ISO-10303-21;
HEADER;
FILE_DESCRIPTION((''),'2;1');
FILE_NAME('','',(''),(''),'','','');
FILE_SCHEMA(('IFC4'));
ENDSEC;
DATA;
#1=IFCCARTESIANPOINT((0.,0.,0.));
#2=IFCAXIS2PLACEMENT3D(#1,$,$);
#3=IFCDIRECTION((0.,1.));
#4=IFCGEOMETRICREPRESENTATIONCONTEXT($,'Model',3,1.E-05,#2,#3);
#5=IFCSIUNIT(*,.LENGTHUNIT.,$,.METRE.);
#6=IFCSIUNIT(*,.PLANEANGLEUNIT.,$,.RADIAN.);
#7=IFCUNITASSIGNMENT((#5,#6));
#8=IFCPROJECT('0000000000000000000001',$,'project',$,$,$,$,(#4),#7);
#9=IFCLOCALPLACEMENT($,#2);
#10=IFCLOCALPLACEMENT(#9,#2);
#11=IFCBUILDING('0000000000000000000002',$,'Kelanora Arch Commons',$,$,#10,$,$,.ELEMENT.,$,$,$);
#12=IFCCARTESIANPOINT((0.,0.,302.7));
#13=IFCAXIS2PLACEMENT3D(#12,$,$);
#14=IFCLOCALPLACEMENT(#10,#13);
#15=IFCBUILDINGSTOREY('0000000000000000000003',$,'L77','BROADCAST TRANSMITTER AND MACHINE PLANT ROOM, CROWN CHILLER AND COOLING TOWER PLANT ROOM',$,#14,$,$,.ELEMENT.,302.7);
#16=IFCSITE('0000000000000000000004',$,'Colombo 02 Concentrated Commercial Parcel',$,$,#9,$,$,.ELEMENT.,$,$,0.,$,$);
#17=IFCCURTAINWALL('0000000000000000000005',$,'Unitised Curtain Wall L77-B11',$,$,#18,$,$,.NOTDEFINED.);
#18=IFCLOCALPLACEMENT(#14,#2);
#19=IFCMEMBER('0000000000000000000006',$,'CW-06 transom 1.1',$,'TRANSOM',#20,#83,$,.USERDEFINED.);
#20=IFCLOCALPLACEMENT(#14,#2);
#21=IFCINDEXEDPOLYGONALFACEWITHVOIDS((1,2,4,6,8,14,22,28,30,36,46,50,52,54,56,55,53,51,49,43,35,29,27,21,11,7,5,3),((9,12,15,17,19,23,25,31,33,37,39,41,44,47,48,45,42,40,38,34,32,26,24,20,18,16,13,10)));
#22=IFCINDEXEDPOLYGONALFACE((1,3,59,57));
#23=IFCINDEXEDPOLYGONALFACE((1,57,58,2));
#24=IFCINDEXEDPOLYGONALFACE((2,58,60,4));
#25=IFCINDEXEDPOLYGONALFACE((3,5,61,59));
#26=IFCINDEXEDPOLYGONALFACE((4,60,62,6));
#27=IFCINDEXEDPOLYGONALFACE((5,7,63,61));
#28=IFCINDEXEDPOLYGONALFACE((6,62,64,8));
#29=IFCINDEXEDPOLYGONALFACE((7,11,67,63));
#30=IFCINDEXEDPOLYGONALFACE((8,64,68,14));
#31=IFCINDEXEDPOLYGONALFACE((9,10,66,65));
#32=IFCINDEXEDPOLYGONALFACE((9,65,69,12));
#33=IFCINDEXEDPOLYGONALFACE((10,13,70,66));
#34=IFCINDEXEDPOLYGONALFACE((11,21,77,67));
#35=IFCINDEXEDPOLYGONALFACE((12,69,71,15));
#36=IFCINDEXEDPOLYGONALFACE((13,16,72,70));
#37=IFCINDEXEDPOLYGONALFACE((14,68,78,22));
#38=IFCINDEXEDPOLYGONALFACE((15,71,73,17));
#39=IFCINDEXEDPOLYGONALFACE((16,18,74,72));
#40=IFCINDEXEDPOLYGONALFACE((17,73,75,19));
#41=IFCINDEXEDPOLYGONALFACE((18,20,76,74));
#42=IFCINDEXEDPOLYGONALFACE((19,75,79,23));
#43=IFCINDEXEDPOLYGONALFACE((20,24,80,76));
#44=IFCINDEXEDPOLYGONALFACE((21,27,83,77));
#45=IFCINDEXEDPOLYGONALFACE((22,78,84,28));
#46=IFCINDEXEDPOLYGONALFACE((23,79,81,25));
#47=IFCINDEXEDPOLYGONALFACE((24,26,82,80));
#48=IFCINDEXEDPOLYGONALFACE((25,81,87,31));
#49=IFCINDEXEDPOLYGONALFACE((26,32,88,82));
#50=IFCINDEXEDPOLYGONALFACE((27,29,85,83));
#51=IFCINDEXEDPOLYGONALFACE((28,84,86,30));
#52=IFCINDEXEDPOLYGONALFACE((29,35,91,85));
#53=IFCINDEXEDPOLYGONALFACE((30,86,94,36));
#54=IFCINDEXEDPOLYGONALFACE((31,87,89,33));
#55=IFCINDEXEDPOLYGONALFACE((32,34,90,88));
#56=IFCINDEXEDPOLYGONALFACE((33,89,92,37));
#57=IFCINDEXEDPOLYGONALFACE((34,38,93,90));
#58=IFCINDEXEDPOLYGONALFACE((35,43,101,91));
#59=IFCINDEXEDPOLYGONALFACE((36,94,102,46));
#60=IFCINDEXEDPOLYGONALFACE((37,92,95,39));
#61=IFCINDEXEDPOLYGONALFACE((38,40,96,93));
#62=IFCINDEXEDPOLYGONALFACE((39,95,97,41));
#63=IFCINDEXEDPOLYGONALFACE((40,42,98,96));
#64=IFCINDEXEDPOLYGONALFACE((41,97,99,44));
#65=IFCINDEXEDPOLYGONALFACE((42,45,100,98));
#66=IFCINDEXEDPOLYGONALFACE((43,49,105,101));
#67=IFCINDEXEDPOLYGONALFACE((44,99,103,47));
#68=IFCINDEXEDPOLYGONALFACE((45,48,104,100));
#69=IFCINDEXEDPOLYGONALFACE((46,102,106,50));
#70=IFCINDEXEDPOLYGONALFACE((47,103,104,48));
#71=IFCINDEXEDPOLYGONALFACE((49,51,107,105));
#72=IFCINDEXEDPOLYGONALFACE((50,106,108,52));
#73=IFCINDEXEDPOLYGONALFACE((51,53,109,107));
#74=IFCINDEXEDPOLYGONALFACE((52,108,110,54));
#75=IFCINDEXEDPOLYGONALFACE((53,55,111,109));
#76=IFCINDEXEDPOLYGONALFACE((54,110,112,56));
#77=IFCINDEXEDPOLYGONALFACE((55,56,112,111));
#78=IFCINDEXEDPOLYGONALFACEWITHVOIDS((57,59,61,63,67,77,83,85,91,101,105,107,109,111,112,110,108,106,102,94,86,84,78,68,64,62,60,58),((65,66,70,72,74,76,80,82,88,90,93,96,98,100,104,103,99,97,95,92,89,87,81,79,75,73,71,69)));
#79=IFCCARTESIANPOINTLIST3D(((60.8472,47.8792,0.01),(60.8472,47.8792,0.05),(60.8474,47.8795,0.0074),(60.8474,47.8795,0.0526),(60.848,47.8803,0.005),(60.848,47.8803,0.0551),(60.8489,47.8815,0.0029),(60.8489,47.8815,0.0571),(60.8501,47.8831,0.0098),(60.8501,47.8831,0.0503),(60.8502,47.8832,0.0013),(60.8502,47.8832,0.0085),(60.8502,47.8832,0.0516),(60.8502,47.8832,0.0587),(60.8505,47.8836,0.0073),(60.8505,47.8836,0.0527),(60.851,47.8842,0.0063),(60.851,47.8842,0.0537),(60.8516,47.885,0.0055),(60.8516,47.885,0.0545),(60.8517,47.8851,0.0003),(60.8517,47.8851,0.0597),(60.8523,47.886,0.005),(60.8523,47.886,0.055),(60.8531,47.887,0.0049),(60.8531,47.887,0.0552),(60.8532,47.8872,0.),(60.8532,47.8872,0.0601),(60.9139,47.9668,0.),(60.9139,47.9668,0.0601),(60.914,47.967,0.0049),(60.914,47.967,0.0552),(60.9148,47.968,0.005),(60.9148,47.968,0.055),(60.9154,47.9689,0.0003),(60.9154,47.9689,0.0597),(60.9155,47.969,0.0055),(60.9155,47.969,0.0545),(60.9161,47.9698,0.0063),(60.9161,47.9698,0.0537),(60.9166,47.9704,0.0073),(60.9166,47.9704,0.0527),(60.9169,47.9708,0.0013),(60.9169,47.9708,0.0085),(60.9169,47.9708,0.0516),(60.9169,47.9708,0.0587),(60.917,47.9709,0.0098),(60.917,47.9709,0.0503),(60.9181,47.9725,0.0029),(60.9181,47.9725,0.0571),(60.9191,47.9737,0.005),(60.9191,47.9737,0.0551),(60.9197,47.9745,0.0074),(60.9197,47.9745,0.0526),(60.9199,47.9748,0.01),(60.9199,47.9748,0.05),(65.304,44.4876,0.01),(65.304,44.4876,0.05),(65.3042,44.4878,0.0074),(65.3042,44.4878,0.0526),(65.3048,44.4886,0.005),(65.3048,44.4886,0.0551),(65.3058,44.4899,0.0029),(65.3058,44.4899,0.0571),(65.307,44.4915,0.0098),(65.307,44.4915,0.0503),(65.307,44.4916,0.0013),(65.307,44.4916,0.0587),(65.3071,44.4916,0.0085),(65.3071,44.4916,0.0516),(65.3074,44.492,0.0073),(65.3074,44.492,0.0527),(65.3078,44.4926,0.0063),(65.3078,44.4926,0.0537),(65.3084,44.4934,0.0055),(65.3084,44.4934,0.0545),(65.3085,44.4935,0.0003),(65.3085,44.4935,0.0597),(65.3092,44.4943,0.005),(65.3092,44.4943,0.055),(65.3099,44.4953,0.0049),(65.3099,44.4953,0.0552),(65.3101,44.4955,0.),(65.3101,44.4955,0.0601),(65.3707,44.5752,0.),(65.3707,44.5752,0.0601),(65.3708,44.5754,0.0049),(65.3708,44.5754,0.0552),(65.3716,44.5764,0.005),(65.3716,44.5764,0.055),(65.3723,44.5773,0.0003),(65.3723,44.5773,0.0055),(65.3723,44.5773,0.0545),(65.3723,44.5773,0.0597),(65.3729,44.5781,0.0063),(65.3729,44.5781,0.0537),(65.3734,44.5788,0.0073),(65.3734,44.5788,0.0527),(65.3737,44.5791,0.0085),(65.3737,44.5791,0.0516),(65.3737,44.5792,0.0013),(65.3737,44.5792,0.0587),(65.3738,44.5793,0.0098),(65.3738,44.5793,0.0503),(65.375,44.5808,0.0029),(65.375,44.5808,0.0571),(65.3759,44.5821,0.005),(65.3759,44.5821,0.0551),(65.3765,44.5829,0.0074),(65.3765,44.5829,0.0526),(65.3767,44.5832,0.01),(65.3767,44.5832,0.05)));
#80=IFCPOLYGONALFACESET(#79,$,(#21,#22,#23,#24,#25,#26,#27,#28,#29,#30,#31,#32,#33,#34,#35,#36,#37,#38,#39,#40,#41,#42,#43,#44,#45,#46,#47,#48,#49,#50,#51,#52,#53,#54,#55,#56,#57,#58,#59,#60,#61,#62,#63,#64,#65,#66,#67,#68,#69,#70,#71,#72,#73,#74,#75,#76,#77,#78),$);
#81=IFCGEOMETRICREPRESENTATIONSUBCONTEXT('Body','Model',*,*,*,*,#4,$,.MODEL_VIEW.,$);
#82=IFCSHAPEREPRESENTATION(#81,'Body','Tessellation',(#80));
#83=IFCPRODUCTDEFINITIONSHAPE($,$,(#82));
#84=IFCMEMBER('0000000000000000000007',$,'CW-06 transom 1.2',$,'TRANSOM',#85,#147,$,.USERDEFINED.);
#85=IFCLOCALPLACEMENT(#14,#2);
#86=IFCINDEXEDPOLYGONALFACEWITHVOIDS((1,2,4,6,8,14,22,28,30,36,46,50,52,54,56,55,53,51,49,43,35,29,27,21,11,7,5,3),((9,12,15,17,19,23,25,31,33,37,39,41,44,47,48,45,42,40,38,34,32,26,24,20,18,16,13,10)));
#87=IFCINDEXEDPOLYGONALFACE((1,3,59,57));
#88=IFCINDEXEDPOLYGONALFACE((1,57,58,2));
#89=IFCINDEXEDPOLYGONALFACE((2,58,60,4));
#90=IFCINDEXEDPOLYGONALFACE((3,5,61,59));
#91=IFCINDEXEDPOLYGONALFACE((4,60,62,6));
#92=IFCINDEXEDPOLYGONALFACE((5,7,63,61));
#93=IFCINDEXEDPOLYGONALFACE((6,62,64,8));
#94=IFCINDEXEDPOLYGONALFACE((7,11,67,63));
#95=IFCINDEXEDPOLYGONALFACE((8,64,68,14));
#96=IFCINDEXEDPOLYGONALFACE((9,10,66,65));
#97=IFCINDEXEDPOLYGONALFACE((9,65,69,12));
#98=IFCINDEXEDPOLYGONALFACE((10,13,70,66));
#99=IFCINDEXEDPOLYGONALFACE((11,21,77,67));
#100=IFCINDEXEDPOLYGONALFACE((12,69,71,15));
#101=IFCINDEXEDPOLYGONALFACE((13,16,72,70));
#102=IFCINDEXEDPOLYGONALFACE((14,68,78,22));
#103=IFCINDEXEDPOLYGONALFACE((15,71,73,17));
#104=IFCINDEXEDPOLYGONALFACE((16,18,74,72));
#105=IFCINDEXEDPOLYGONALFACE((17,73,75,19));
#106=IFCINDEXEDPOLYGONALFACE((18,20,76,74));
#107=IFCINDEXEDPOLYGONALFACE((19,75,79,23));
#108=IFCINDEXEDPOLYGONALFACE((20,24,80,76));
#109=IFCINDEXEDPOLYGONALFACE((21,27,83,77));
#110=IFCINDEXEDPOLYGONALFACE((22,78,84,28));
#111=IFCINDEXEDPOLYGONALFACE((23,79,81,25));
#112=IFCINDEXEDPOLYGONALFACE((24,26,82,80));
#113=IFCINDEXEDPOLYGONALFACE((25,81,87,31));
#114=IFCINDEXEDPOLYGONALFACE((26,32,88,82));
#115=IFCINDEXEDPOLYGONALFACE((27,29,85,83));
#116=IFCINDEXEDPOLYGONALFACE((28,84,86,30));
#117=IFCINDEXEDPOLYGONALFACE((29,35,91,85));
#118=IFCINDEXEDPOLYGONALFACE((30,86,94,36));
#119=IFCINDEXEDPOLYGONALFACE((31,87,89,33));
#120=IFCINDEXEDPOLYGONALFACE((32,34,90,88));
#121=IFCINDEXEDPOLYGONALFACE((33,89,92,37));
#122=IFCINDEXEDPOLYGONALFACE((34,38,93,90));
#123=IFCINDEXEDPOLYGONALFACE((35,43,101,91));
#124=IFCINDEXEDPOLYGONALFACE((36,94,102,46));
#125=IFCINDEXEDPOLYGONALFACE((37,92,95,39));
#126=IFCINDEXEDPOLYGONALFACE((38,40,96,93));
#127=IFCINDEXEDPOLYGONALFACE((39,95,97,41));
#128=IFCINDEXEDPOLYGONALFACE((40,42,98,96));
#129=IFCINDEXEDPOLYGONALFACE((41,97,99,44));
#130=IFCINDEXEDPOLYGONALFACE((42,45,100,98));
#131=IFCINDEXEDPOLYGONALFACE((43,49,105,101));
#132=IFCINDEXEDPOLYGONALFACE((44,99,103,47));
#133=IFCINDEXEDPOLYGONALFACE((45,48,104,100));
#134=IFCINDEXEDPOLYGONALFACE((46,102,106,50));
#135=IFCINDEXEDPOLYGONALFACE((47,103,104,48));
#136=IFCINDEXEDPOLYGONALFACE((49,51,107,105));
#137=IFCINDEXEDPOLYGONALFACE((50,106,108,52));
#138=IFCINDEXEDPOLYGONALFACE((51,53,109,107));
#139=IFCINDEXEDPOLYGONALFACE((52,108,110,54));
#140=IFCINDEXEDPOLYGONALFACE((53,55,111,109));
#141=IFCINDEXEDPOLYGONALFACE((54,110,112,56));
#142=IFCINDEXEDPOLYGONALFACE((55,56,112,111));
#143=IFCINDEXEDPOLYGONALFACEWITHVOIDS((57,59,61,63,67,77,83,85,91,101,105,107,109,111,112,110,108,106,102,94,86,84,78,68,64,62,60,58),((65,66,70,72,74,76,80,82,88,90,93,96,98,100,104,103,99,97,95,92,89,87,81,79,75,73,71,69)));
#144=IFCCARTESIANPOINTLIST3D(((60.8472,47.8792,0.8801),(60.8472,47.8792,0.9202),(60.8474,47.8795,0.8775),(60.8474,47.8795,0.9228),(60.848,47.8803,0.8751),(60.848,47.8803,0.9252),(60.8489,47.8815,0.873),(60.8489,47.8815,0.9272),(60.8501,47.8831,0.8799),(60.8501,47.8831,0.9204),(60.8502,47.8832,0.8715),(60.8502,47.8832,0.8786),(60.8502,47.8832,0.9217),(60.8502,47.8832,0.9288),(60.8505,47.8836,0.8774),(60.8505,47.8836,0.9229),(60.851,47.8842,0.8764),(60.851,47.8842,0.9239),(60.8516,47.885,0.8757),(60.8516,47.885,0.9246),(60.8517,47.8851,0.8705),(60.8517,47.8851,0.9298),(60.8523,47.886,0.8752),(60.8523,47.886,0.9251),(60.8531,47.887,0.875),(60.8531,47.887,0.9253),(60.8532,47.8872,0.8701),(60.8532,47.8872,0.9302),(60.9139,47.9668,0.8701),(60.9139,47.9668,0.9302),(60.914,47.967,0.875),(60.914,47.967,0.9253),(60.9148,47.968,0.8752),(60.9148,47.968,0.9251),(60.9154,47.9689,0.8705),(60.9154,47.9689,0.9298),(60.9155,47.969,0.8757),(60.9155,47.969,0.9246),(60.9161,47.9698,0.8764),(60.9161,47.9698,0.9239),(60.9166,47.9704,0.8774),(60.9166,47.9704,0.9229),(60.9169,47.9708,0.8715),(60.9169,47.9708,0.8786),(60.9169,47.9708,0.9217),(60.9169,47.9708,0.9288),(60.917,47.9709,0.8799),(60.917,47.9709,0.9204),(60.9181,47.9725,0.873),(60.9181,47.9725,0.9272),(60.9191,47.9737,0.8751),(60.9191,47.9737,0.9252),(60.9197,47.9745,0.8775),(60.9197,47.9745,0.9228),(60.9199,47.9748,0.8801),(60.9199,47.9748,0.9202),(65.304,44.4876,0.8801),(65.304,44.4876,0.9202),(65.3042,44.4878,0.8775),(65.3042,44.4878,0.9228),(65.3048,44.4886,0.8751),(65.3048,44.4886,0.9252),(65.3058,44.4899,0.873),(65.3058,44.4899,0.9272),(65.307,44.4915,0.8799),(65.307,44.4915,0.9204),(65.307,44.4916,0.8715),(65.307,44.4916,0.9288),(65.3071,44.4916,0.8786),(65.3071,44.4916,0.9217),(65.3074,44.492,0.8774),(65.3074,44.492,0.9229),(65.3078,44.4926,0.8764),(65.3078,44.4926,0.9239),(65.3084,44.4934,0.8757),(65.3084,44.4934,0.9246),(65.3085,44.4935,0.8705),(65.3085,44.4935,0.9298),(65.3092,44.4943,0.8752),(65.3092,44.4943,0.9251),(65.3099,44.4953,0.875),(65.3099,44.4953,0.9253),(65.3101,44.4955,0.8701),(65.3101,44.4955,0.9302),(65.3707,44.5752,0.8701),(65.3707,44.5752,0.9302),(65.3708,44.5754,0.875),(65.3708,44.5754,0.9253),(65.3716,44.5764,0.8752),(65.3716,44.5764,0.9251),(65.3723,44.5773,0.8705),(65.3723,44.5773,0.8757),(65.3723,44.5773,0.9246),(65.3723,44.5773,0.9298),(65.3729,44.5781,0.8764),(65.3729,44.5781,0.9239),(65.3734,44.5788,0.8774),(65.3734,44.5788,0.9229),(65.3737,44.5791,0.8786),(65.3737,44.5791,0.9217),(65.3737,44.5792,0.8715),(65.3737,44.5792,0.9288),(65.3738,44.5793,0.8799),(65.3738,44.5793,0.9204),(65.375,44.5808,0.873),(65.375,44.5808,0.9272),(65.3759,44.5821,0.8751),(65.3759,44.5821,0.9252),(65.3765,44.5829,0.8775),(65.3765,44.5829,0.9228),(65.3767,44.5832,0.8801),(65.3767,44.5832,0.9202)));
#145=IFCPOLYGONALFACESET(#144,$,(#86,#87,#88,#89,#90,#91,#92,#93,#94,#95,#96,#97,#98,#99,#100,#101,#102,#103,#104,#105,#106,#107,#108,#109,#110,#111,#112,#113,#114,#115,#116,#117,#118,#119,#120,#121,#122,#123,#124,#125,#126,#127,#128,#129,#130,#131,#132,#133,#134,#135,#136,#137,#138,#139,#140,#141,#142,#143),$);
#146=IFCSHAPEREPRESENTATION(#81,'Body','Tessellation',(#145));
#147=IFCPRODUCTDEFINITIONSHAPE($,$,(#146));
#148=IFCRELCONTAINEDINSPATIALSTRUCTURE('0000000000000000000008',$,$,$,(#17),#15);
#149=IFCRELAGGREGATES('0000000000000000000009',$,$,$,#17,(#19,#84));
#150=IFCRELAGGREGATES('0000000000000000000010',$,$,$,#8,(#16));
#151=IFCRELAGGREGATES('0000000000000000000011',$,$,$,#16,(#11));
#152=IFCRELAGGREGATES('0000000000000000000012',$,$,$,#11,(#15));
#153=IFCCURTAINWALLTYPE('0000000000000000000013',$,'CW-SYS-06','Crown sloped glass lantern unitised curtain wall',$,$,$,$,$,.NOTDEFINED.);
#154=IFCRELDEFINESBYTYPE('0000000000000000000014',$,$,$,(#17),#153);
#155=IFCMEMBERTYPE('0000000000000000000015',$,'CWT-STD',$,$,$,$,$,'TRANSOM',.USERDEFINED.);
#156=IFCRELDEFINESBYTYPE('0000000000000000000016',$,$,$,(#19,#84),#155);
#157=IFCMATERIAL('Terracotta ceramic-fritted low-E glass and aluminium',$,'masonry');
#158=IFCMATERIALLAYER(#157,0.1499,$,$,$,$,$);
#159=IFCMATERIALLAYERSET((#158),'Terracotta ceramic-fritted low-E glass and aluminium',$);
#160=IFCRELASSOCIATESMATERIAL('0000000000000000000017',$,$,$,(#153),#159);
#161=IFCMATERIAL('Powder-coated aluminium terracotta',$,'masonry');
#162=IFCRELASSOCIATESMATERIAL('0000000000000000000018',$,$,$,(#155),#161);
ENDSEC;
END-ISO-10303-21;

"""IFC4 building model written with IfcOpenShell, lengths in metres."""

from ifc_helpers import new_model, si_unit, direction, frame, origin, origin_2d, place, context, subcontext, project, spatial, hollow_rectangle, extrude, material, layer, layer_set, material_profile, profile_set, type_object, element, aggregate, save


model = new_model("IFC4")

# Units and contexts
model_context = context("Model", 3, precision=1e-05, world=origin(), true_north=direction((0.0, 1.0)))
body_context = subcontext(model_context, "Body", "Model", "MODEL_VIEW")
ifc_project = project(units=[si_unit("LENGTHUNIT", "METRE"), si_unit("PLANEANGLEUNIT", "RADIAN")], contexts=[model_context])

# Site, building, storey
site_placement = place(None, origin())
site = spatial("IfcSite", under=ifc_project, at=site_placement, Name="Colombo 02 Concentrated Commercial Parcel", CompositionType="ELEMENT", RefElevation=0.0)
building_placement = place(site_placement, origin())
building = spatial("IfcBuilding", under=site, at=building_placement, Name="Kelanora Arch Commons", CompositionType="ELEMENT")
storey_placement = place(building_placement, frame((0.0, 0.0, 302.7)))
storey = spatial("IfcBuildingStorey", under=building, at=storey_placement, Name="L77", Description="BROADCAST TRANSMITTER AND MACHINE PLANT ROOM, CROWN CHILLER AND COOLING TOWER PLANT ROOM", CompositionType="ELEMENT", Elevation=302.7)

# Shared definitions
ifc_material_1 = material(Name="Terracotta ceramic-fritted low-E glass and aluminium", Category="masonry")
ifc_layer_1 = layer(ifc_material_1, 0.1499)
ifc_layer_set_1 = layer_set([ifc_layer_1], Name="Terracotta ceramic-fritted low-E glass and aluminium")
curtain_wall_type = type_object("IfcCurtainWallType", Name="CW-SYS-06", Description="Crown sloped glass lantern unitised curtain wall", PredefinedType="NOTDEFINED", material=ifc_layer_set_1)
ifc_material_2 = material(Name="Powder-coated aluminium terracotta", Category="masonry")

# Curtain wall
curtain_wall_1_placement = place(storey_placement, origin())
curtain_wall_1 = element("IfcCurtainWall", 1, at=curtain_wall_1_placement, inside=storey, type_object=curtain_wall_type, Name="Unitised Curtain Wall L77-B11", PredefinedType="NOTDEFINED")

# Members
ifc_material_profile_1 = material_profile(ifc_material_2, hollow_rectangle(XDim=0.1201, YDim=0.0601, WallThickness=0.0049, InnerFilletRadius=0.0049, OuterFilletRadius=0.01, at=origin_2d()), Name="CWT120x60")
ifc_profile_set_1 = profile_set([ifc_material_profile_1], Name="Powder-coated aluminium terracotta")
member_type_1 = type_object("IfcMemberType", Name="CWT-STD", ElementType="TRANSOM", PredefinedType="USERDEFINED", material=ifc_profile_set_1)
member_1_placement = place(storey_placement, frame((60.8835, 47.927, 0.03), z_axis=(0.79578, -0.605586, 0.0), x_axis=(0.605586, 0.79578, 0.0)))
member_1 = element("IfcMember", 2, at=member_1_placement, type_object=member_type_1, Name="CW-06 transom 1.1", ObjectType="TRANSOM", PredefinedType="USERDEFINED", context=body_context, shape_type="SweptSolid", body=[
    extrude(hollow_rectangle(XDim=0.1201, YDim=0.0601, WallThickness=0.0049, InnerFilletRadius=0.0049, OuterFilletRadius=0.01, at=origin_2d()), origin(), (0.0, 0.0, 1.0), 5.6006),
])
member_2_placement = place(storey_placement, frame((60.8835, 47.927, 0.9001), z_axis=(0.79578, -0.605586, 0.0), x_axis=(0.605586, 0.79578, 0.0)))
member_2 = element("IfcMember", 3, at=member_2_placement, type_object=member_type_1, Name="CW-06 transom 1.2", ObjectType="TRANSOM", PredefinedType="USERDEFINED", context=body_context, shape_type="SweptSolid", body=[
    extrude(hollow_rectangle(XDim=0.1201, YDim=0.0601, WallThickness=0.0049, InnerFilletRadius=0.0049, OuterFilletRadius=0.01, at=origin_2d()), origin(), (0.0, 0.0, 1.0), 5.6006),
])

aggregate(curtain_wall_1, [member_1, member_2])

save(model, "model.ifc")
